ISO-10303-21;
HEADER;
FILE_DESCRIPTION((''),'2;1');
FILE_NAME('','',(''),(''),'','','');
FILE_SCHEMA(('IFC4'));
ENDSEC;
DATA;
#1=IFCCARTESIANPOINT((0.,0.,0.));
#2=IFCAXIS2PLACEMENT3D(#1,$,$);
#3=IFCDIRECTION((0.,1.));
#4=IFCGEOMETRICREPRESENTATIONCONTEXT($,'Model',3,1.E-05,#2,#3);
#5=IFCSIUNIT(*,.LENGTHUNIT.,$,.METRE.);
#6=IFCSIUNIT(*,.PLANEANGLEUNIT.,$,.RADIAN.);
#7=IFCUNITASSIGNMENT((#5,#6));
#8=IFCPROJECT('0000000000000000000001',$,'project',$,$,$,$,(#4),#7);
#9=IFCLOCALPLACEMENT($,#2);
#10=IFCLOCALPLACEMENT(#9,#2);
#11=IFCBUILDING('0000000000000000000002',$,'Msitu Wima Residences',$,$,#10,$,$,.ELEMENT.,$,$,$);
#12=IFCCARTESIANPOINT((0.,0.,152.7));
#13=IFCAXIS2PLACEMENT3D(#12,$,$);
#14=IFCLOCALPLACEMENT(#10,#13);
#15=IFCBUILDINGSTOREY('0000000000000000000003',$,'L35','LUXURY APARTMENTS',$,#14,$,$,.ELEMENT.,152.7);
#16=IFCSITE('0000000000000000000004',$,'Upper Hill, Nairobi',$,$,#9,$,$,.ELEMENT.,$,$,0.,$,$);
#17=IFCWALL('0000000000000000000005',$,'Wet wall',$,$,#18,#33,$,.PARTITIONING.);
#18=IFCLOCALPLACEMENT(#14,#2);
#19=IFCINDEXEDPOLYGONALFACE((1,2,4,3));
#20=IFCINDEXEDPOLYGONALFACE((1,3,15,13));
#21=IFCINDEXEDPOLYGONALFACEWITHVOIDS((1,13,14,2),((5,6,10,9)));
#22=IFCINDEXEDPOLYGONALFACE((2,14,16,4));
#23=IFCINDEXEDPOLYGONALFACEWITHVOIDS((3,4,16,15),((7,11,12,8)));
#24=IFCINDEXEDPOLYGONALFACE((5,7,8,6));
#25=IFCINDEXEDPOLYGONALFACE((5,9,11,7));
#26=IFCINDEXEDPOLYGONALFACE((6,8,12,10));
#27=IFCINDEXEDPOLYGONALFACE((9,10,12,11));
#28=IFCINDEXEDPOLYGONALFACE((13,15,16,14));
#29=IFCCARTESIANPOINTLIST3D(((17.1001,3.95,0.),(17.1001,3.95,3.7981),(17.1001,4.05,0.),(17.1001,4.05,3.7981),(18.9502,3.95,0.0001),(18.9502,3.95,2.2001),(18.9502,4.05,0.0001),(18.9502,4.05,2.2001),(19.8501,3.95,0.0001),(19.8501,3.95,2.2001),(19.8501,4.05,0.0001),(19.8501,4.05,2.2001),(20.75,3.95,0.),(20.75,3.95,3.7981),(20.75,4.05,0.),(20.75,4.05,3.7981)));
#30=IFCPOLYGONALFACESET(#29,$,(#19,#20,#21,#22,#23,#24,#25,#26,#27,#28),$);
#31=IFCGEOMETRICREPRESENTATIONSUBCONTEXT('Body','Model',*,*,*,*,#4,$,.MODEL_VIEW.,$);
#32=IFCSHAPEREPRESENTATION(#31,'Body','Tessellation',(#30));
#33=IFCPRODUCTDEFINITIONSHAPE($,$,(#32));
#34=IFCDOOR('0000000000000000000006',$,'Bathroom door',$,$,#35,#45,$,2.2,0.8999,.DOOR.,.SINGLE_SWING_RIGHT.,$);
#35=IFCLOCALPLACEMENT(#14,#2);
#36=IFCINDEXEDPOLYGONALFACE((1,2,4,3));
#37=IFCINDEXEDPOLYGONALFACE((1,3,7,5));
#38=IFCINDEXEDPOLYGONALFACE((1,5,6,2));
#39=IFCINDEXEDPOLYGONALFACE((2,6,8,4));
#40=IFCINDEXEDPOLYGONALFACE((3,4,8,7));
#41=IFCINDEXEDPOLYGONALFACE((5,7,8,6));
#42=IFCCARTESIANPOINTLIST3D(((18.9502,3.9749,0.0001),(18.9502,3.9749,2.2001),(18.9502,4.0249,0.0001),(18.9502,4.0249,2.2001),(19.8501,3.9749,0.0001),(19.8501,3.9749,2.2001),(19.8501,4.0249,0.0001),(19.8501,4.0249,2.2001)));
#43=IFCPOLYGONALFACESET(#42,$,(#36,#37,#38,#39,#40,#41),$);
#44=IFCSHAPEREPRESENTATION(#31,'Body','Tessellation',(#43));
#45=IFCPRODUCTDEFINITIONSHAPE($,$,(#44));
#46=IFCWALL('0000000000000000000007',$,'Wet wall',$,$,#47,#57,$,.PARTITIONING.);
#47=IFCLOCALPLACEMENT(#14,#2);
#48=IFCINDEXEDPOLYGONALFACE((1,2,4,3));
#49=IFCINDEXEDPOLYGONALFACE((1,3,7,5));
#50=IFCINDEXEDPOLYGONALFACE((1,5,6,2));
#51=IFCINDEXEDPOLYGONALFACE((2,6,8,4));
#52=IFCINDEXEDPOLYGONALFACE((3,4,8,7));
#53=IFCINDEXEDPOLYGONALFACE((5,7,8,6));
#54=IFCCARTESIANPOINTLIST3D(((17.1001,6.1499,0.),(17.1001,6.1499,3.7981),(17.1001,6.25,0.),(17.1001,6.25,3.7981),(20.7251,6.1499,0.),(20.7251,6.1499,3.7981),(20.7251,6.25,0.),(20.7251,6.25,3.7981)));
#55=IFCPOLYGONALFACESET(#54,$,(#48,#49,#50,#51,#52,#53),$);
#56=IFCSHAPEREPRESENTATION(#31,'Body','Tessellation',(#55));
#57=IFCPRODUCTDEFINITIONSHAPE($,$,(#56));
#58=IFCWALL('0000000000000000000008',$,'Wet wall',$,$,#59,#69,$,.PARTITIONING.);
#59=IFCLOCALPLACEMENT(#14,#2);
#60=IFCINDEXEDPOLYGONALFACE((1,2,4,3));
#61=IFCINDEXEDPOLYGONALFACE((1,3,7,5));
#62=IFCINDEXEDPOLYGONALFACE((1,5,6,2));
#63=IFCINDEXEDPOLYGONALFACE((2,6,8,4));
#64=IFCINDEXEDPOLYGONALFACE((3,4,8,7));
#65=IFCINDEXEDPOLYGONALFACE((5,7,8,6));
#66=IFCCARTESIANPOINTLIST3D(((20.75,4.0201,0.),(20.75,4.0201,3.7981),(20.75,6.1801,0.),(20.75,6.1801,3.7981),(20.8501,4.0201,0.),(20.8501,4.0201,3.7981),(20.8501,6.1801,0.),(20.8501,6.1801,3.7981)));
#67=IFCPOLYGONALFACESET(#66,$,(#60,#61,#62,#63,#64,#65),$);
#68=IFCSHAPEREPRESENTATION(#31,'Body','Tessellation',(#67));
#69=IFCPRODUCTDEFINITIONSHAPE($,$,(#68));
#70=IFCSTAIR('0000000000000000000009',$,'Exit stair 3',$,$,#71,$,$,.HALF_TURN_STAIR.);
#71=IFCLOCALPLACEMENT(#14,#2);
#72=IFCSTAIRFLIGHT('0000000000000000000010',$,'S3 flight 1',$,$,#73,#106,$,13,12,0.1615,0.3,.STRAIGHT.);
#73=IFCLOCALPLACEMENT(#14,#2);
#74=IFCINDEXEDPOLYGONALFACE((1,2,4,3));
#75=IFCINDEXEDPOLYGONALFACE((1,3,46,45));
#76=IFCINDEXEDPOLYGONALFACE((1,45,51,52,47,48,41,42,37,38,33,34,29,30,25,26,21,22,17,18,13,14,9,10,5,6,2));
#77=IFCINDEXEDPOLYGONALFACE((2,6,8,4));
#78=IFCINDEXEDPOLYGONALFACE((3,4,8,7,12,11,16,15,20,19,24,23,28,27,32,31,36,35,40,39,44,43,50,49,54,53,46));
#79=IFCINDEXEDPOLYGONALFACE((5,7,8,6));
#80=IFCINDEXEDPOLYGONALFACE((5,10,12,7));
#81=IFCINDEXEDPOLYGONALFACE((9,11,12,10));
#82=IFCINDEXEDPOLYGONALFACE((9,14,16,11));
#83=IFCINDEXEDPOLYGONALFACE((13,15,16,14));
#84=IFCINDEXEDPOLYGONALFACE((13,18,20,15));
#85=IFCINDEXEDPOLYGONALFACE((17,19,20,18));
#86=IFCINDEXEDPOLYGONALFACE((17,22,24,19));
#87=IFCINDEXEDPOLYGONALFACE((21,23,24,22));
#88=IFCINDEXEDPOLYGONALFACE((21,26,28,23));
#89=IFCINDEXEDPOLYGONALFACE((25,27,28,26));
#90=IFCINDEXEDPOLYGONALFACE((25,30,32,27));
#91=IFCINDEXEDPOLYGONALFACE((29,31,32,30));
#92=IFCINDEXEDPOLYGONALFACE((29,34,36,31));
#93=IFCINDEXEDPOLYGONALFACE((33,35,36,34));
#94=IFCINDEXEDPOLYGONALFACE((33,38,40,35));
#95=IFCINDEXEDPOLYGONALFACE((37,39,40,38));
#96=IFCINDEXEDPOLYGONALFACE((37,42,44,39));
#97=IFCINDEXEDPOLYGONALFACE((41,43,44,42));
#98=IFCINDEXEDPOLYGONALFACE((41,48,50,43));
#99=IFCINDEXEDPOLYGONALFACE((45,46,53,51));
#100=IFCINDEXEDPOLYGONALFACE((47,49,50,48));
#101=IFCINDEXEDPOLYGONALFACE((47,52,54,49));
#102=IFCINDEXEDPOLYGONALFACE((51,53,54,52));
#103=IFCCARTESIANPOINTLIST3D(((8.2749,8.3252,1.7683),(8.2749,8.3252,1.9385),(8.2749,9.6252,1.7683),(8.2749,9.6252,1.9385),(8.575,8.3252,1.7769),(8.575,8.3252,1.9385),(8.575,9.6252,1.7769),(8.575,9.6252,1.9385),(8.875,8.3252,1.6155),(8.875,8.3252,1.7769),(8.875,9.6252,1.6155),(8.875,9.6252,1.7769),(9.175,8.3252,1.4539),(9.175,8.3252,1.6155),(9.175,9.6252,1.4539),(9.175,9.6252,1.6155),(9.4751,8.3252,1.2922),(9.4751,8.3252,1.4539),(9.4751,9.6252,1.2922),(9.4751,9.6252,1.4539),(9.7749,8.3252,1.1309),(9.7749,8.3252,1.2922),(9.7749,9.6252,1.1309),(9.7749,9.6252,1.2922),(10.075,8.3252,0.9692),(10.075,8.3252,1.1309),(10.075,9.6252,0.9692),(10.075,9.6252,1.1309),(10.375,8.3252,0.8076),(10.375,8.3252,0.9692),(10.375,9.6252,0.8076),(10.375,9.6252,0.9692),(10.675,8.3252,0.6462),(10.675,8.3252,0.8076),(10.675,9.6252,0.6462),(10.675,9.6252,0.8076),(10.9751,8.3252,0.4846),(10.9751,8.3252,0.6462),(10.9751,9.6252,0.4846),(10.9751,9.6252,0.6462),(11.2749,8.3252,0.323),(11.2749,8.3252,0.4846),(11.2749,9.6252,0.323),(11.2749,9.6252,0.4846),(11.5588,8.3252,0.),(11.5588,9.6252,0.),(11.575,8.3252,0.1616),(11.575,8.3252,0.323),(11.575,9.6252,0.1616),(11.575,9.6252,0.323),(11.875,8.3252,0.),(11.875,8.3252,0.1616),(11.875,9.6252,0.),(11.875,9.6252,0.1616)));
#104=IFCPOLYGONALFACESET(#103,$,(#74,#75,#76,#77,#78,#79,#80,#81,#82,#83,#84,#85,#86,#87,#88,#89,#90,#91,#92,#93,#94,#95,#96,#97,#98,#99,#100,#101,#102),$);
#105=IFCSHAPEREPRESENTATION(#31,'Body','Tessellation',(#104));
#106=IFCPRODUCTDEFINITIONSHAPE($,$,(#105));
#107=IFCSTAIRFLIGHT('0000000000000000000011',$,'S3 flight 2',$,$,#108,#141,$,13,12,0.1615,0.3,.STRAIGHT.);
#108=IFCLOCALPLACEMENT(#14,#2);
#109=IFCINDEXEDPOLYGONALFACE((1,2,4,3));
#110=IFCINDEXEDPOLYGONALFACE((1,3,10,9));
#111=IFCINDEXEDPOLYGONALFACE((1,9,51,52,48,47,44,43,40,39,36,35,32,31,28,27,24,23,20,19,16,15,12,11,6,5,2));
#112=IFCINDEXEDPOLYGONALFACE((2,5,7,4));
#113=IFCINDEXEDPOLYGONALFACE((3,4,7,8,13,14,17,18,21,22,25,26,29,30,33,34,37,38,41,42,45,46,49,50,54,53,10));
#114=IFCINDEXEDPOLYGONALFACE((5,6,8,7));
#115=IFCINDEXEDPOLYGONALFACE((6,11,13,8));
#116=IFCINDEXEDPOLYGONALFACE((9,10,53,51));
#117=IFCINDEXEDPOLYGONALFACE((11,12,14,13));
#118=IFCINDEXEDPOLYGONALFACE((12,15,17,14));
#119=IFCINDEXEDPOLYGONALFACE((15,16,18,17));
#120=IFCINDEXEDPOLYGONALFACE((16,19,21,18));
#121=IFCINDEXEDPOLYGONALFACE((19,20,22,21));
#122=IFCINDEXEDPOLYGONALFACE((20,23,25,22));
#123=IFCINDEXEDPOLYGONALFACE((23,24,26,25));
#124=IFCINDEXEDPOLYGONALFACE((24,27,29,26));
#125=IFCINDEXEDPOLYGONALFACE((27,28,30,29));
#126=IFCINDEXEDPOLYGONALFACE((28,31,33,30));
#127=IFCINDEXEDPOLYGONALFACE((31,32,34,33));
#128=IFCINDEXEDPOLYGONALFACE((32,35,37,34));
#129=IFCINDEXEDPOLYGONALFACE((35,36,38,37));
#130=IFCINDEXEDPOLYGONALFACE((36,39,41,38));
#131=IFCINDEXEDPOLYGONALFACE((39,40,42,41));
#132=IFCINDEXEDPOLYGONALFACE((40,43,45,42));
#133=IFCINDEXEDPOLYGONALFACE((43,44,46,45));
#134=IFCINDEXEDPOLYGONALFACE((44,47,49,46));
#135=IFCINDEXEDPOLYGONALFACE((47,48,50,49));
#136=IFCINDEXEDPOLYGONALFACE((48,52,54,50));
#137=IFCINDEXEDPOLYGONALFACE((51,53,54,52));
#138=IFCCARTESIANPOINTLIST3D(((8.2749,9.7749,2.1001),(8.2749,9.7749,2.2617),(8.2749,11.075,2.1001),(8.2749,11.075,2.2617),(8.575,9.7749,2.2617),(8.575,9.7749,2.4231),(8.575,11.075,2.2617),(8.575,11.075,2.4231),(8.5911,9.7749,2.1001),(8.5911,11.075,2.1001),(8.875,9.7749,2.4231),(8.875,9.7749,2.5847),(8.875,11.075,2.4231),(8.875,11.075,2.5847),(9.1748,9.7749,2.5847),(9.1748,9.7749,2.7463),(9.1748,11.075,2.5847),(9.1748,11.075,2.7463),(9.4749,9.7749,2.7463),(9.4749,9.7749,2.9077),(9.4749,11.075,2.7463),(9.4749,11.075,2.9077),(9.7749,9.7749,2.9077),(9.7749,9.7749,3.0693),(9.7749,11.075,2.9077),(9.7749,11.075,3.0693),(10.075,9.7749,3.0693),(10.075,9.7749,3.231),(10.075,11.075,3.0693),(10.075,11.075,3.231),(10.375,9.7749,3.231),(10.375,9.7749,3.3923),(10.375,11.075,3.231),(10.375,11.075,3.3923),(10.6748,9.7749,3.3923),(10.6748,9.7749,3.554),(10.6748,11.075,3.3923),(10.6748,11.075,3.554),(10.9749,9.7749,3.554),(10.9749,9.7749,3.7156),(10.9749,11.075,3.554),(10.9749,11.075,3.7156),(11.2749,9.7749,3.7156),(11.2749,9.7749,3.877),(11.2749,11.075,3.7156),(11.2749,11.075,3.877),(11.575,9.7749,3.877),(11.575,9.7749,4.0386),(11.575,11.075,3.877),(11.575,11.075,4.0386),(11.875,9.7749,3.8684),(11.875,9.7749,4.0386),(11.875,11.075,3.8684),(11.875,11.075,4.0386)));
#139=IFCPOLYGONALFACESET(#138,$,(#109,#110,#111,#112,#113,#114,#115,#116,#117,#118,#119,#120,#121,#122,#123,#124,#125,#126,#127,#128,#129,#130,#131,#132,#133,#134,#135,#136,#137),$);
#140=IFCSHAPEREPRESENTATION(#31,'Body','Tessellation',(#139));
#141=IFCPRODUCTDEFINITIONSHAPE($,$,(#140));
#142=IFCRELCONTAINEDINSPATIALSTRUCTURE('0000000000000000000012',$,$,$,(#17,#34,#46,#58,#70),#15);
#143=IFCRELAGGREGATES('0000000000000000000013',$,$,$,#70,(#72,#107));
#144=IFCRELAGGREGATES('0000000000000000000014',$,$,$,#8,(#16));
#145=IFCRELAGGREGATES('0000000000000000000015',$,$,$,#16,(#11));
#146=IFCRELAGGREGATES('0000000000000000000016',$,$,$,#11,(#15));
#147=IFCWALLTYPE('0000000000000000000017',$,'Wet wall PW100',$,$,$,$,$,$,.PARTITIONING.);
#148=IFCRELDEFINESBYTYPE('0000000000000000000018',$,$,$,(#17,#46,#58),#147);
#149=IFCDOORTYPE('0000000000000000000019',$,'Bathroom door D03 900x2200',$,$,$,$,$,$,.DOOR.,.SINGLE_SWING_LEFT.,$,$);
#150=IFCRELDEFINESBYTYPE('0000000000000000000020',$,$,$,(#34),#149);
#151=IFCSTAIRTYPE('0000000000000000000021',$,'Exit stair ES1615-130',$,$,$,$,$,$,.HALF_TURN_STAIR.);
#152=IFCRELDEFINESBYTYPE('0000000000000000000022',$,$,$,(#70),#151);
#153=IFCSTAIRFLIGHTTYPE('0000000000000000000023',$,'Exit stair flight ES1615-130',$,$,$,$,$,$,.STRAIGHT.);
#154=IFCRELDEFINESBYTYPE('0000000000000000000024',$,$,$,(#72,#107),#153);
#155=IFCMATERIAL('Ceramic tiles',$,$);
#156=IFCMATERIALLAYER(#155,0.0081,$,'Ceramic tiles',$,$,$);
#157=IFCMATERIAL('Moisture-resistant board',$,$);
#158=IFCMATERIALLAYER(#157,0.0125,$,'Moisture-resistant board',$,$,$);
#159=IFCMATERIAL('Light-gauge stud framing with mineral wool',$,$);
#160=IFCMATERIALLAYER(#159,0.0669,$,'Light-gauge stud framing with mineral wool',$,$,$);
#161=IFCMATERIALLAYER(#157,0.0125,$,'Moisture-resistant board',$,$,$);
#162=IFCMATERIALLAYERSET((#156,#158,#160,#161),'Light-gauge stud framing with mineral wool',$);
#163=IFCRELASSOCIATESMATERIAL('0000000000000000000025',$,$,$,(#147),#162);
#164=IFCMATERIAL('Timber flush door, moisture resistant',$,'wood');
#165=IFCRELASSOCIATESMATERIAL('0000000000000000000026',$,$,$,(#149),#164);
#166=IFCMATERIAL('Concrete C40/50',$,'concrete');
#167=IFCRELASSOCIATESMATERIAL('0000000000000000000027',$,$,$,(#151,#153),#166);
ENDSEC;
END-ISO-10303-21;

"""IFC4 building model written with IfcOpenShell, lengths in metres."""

from ifc_helpers import new_model, si_unit, direction, frame, frame_2d, origin, place, context, subcontext, project, spatial, polyline, rectangle, outline, extrude, material, layer, layer_set, type_object, element, fill, aggregate, save


model = new_model("IFC4")

# Units and contexts
model_context = context("Model", 3, precision=1e-05, world=origin(), true_north=direction((0.0, 1.0)))
body_context = subcontext(model_context, "Body", "Model", "MODEL_VIEW")
ifc_project = project(units=[si_unit("LENGTHUNIT", "METRE"), si_unit("PLANEANGLEUNIT", "RADIAN")], contexts=[model_context])

# Site, building, storey
site_placement = place(None, origin())
site = spatial("IfcSite", under=ifc_project, at=site_placement, Name="Upper Hill, Nairobi", CompositionType="ELEMENT", RefElevation=0.0)
building_placement = place(site_placement, origin())
building = spatial("IfcBuilding", under=site, at=building_placement, Name="Msitu Wima Residences", CompositionType="ELEMENT")
storey_placement = place(building_placement, frame((0.0, 0.0, 152.7)))
storey = spatial("IfcBuildingStorey", under=building, at=storey_placement, Name="L35", Description="LUXURY APARTMENTS", CompositionType="ELEMENT", Elevation=152.7)

# Shared definitions
ifc_material_1 = material(Name="Concrete C40/50", Category="concrete")

# Wall, opening, door
ifc_material_2 = material(Name="Ceramic tiles")
ifc_layer_1 = layer(ifc_material_2, 0.0081, Name="Ceramic tiles")
ifc_material_3 = material(Name="Moisture-resistant board")
ifc_layer_2 = layer(ifc_material_3, 0.0125, Name="Moisture-resistant board")
ifc_material_4 = material(Name="Light-gauge stud framing with mineral wool")
ifc_layer_3 = layer(ifc_material_4, 0.0669, Name="Light-gauge stud framing with mineral wool")
ifc_layer_4 = layer(ifc_material_3, 0.0125, Name="Moisture-resistant board")
ifc_layer_set_1 = layer_set([ifc_layer_1, ifc_layer_2, ifc_layer_3, ifc_layer_4], Name="Light-gauge stud framing with mineral wool")
wall_type_1 = type_object("IfcWallType", Name="Wet wall PW100", PredefinedType="PARTITIONING", material=ifc_layer_set_1)
wall_1_placement = place(storey_placement, frame((17.1001, 4.0, 0.0), z_axis=(0.0, 0.0, 1.0), x_axis=(1.0, 0.0, 0.0)))
wall_1 = element("IfcWall", 1, at=wall_1_placement, inside=storey, type_object=wall_type_1, Name="Wet wall", PredefinedType="PARTITIONING", context=body_context, shape_type="SweptSolid", body=[
    extrude(rectangle(XDim=3.6499, YDim=0.1001, at=frame_2d((1.825, 0.0))), origin(), (0.0, 0.0, 1.0), 3.7981),
])
opening_1_placement = place(wall_1_placement, frame((1.8501, 0.0, 0.0)))
opening_1 = element("IfcOpeningElement", 2, at=opening_1_placement, cuts=wall_1, PredefinedType="OPENING", context=body_context, shape_type="SweptSolid", body=[
    extrude(rectangle(XDim=0.8999, YDim=2.2, at=frame_2d((0.45, 1.1001))), frame((0.0, 0.0601, 0.0), z_axis=(0.0, -1.0, 0.0), x_axis=(1.0, 0.0, 0.0)), (0.0, 0.0, 1.0), 0.1201),
])
ifc_material_5 = material(Name="Timber flush door, moisture resistant", Category="wood")
door_type_1 = type_object("IfcDoorType", Name="Bathroom door D03 900x2200", OperationType="SINGLE_SWING_LEFT", PredefinedType="DOOR", material=ifc_material_5)
door_1_placement = place(opening_1_placement, origin())
door_1 = element("IfcDoor", 3, at=door_1_placement, inside=storey, type_object=door_type_1, Name="Bathroom door", OperationType="SINGLE_SWING_RIGHT", OverallHeight=2.2, OverallWidth=0.8999, PredefinedType="DOOR", context=body_context, shape_type="SweptSolid", body=[
    extrude(rectangle(XDim=0.8999, YDim=2.2, at=frame_2d((0.45, 1.1001))), frame((0.0, 0.0249, 0.0), z_axis=(0.0, -1.0, 0.0), x_axis=(1.0, 0.0, 0.0)), (0.0, 0.0, 1.0), 0.05),
])
fill(opening_1, door_1)

# Walls
wall_2_placement = place(storey_placement, frame((17.1001, 6.2, 0.0), z_axis=(0.0, 0.0, 1.0), x_axis=(1.0, 0.0, 0.0)))
element("IfcWall", 4, at=wall_2_placement, inside=storey, type_object=wall_type_1, Name="Wet wall", PredefinedType="PARTITIONING", context=body_context, shape_type="SweptSolid", body=[
    extrude(rectangle(XDim=3.625, YDim=0.1001, at=frame_2d((1.8125, 0.0))), origin(), (0.0, 0.0, 1.0), 3.7981),
])
wall_3_placement = place(storey_placement, frame((20.8, 4.02, 0.0), z_axis=(0.0, 0.0, 1.0), x_axis=(0.0, 1.0, 0.0)))
element("IfcWall", 5, at=wall_3_placement, inside=storey, type_object=wall_type_1, Name="Wet wall", PredefinedType="PARTITIONING", context=body_context, shape_type="SweptSolid", body=[
    extrude(rectangle(XDim=2.1599, YDim=0.1001, at=frame_2d((1.0801, 0.0))), origin(), (0.0, 0.0, 1.0), 3.7981),
])

# Stair, stair flights
stair_type = type_object("IfcStairType", Name="Exit stair ES1615-130", PredefinedType="HALF_TURN_STAIR", material=ifc_material_1)
stair_placement = place(storey_placement, origin())
stair = element("IfcStair", 6, at=stair_placement, inside=storey, type_object=stair_type, Name="Exit stair 3", PredefinedType="HALF_TURN_STAIR")
stair_flight_type = type_object("IfcStairFlightType", Name="Exit stair flight ES1615-130", PredefinedType="STRAIGHT", material=ifc_material_1)
stair_flight_1_placement = place(storey_placement, frame((11.875, 8.9751, 0.0), z_axis=(0.0, 0.0, 1.0), x_axis=(-1.0, 0.0, 0.0)))
stair_flight_1 = element("IfcStairFlight", 7, at=stair_flight_1_placement, type_object=stair_flight_type, Name="S3 flight 1", NumberOfRisers=13, NumberOfTreads=12, PredefinedType="STRAIGHT", RiserHeight=0.1615, TreadLength=0.3, context=body_context, shape_type="SweptSolid", body=[
    extrude(outline(polyline([(0.0, 0.0), (0.0, 0.1616), (0.3, 0.1616), (0.3, 0.323), (0.6001, 0.323), (0.6001, 0.4846), (0.8999, 0.4846), (0.8999, 0.6462), (1.2, 0.6462), (1.2, 0.8076), (1.5, 0.8076), (1.5, 0.9692), (1.8, 0.9692), (1.8, 1.1309), (2.1001, 1.1309), (2.1001, 1.2922), (2.3999, 1.2922), (2.3999, 1.4539), (2.7, 1.4539), (2.7, 1.6155), (3.0, 1.6155), (3.0, 1.7769), (3.3, 1.7769), (3.3, 1.9385), (3.6001, 1.9385), (3.6001, 2.1001), (3.6001, 1.7683), (0.3162, 0.0), (0.0, 0.0)])), frame((0.0, 0.6499, 0.0), z_axis=(0.0, -1.0, 0.0), x_axis=(1.0, 0.0, 0.0)), (0.0, 0.0, 1.0), 1.3),
])
stair_flight_2_placement = place(storey_placement, frame((8.2749, 10.425, 2.1001), z_axis=(0.0, 0.0, 1.0), x_axis=(1.0, 0.0, 0.0)))
stair_flight_2 = element("IfcStairFlight", 8, at=stair_flight_2_placement, type_object=stair_flight_type, Name="S3 flight 2", NumberOfRisers=13, NumberOfTreads=12, PredefinedType="STRAIGHT", RiserHeight=0.1615, TreadLength=0.3, context=body_context, shape_type="SweptSolid", body=[
    extrude(outline(polyline([(0.0, 0.0), (0.0, 0.1616), (0.3, 0.1616), (0.3, 0.323), (0.6001, 0.323), (0.6001, 0.4846), (0.8999, 0.4846), (0.8999, 0.6462), (1.2, 0.6462), (1.2, 0.8076), (1.5, 0.8076), (1.5, 0.9692), (1.8, 0.9692), (1.8, 1.1309), (2.1001, 1.1309), (2.1001, 1.2922), (2.3999, 1.2922), (2.3999, 1.4539), (2.7, 1.4539), (2.7, 1.6155), (3.0, 1.6155), (3.0, 1.7769), (3.3, 1.7769), (3.3, 1.9385), (3.6001, 1.9385), (3.6001, 2.1001), (3.6001, 1.7683), (0.3162, 0.0), (0.0, 0.0)])), frame((0.0, 0.6499, 0.0), z_axis=(0.0, -1.0, 0.0), x_axis=(1.0, 0.0, 0.0)), (0.0, 0.0, 1.0), 1.3),
])
aggregate(stair, [stair_flight_1, stair_flight_2])

save(model, "model.ifc")
